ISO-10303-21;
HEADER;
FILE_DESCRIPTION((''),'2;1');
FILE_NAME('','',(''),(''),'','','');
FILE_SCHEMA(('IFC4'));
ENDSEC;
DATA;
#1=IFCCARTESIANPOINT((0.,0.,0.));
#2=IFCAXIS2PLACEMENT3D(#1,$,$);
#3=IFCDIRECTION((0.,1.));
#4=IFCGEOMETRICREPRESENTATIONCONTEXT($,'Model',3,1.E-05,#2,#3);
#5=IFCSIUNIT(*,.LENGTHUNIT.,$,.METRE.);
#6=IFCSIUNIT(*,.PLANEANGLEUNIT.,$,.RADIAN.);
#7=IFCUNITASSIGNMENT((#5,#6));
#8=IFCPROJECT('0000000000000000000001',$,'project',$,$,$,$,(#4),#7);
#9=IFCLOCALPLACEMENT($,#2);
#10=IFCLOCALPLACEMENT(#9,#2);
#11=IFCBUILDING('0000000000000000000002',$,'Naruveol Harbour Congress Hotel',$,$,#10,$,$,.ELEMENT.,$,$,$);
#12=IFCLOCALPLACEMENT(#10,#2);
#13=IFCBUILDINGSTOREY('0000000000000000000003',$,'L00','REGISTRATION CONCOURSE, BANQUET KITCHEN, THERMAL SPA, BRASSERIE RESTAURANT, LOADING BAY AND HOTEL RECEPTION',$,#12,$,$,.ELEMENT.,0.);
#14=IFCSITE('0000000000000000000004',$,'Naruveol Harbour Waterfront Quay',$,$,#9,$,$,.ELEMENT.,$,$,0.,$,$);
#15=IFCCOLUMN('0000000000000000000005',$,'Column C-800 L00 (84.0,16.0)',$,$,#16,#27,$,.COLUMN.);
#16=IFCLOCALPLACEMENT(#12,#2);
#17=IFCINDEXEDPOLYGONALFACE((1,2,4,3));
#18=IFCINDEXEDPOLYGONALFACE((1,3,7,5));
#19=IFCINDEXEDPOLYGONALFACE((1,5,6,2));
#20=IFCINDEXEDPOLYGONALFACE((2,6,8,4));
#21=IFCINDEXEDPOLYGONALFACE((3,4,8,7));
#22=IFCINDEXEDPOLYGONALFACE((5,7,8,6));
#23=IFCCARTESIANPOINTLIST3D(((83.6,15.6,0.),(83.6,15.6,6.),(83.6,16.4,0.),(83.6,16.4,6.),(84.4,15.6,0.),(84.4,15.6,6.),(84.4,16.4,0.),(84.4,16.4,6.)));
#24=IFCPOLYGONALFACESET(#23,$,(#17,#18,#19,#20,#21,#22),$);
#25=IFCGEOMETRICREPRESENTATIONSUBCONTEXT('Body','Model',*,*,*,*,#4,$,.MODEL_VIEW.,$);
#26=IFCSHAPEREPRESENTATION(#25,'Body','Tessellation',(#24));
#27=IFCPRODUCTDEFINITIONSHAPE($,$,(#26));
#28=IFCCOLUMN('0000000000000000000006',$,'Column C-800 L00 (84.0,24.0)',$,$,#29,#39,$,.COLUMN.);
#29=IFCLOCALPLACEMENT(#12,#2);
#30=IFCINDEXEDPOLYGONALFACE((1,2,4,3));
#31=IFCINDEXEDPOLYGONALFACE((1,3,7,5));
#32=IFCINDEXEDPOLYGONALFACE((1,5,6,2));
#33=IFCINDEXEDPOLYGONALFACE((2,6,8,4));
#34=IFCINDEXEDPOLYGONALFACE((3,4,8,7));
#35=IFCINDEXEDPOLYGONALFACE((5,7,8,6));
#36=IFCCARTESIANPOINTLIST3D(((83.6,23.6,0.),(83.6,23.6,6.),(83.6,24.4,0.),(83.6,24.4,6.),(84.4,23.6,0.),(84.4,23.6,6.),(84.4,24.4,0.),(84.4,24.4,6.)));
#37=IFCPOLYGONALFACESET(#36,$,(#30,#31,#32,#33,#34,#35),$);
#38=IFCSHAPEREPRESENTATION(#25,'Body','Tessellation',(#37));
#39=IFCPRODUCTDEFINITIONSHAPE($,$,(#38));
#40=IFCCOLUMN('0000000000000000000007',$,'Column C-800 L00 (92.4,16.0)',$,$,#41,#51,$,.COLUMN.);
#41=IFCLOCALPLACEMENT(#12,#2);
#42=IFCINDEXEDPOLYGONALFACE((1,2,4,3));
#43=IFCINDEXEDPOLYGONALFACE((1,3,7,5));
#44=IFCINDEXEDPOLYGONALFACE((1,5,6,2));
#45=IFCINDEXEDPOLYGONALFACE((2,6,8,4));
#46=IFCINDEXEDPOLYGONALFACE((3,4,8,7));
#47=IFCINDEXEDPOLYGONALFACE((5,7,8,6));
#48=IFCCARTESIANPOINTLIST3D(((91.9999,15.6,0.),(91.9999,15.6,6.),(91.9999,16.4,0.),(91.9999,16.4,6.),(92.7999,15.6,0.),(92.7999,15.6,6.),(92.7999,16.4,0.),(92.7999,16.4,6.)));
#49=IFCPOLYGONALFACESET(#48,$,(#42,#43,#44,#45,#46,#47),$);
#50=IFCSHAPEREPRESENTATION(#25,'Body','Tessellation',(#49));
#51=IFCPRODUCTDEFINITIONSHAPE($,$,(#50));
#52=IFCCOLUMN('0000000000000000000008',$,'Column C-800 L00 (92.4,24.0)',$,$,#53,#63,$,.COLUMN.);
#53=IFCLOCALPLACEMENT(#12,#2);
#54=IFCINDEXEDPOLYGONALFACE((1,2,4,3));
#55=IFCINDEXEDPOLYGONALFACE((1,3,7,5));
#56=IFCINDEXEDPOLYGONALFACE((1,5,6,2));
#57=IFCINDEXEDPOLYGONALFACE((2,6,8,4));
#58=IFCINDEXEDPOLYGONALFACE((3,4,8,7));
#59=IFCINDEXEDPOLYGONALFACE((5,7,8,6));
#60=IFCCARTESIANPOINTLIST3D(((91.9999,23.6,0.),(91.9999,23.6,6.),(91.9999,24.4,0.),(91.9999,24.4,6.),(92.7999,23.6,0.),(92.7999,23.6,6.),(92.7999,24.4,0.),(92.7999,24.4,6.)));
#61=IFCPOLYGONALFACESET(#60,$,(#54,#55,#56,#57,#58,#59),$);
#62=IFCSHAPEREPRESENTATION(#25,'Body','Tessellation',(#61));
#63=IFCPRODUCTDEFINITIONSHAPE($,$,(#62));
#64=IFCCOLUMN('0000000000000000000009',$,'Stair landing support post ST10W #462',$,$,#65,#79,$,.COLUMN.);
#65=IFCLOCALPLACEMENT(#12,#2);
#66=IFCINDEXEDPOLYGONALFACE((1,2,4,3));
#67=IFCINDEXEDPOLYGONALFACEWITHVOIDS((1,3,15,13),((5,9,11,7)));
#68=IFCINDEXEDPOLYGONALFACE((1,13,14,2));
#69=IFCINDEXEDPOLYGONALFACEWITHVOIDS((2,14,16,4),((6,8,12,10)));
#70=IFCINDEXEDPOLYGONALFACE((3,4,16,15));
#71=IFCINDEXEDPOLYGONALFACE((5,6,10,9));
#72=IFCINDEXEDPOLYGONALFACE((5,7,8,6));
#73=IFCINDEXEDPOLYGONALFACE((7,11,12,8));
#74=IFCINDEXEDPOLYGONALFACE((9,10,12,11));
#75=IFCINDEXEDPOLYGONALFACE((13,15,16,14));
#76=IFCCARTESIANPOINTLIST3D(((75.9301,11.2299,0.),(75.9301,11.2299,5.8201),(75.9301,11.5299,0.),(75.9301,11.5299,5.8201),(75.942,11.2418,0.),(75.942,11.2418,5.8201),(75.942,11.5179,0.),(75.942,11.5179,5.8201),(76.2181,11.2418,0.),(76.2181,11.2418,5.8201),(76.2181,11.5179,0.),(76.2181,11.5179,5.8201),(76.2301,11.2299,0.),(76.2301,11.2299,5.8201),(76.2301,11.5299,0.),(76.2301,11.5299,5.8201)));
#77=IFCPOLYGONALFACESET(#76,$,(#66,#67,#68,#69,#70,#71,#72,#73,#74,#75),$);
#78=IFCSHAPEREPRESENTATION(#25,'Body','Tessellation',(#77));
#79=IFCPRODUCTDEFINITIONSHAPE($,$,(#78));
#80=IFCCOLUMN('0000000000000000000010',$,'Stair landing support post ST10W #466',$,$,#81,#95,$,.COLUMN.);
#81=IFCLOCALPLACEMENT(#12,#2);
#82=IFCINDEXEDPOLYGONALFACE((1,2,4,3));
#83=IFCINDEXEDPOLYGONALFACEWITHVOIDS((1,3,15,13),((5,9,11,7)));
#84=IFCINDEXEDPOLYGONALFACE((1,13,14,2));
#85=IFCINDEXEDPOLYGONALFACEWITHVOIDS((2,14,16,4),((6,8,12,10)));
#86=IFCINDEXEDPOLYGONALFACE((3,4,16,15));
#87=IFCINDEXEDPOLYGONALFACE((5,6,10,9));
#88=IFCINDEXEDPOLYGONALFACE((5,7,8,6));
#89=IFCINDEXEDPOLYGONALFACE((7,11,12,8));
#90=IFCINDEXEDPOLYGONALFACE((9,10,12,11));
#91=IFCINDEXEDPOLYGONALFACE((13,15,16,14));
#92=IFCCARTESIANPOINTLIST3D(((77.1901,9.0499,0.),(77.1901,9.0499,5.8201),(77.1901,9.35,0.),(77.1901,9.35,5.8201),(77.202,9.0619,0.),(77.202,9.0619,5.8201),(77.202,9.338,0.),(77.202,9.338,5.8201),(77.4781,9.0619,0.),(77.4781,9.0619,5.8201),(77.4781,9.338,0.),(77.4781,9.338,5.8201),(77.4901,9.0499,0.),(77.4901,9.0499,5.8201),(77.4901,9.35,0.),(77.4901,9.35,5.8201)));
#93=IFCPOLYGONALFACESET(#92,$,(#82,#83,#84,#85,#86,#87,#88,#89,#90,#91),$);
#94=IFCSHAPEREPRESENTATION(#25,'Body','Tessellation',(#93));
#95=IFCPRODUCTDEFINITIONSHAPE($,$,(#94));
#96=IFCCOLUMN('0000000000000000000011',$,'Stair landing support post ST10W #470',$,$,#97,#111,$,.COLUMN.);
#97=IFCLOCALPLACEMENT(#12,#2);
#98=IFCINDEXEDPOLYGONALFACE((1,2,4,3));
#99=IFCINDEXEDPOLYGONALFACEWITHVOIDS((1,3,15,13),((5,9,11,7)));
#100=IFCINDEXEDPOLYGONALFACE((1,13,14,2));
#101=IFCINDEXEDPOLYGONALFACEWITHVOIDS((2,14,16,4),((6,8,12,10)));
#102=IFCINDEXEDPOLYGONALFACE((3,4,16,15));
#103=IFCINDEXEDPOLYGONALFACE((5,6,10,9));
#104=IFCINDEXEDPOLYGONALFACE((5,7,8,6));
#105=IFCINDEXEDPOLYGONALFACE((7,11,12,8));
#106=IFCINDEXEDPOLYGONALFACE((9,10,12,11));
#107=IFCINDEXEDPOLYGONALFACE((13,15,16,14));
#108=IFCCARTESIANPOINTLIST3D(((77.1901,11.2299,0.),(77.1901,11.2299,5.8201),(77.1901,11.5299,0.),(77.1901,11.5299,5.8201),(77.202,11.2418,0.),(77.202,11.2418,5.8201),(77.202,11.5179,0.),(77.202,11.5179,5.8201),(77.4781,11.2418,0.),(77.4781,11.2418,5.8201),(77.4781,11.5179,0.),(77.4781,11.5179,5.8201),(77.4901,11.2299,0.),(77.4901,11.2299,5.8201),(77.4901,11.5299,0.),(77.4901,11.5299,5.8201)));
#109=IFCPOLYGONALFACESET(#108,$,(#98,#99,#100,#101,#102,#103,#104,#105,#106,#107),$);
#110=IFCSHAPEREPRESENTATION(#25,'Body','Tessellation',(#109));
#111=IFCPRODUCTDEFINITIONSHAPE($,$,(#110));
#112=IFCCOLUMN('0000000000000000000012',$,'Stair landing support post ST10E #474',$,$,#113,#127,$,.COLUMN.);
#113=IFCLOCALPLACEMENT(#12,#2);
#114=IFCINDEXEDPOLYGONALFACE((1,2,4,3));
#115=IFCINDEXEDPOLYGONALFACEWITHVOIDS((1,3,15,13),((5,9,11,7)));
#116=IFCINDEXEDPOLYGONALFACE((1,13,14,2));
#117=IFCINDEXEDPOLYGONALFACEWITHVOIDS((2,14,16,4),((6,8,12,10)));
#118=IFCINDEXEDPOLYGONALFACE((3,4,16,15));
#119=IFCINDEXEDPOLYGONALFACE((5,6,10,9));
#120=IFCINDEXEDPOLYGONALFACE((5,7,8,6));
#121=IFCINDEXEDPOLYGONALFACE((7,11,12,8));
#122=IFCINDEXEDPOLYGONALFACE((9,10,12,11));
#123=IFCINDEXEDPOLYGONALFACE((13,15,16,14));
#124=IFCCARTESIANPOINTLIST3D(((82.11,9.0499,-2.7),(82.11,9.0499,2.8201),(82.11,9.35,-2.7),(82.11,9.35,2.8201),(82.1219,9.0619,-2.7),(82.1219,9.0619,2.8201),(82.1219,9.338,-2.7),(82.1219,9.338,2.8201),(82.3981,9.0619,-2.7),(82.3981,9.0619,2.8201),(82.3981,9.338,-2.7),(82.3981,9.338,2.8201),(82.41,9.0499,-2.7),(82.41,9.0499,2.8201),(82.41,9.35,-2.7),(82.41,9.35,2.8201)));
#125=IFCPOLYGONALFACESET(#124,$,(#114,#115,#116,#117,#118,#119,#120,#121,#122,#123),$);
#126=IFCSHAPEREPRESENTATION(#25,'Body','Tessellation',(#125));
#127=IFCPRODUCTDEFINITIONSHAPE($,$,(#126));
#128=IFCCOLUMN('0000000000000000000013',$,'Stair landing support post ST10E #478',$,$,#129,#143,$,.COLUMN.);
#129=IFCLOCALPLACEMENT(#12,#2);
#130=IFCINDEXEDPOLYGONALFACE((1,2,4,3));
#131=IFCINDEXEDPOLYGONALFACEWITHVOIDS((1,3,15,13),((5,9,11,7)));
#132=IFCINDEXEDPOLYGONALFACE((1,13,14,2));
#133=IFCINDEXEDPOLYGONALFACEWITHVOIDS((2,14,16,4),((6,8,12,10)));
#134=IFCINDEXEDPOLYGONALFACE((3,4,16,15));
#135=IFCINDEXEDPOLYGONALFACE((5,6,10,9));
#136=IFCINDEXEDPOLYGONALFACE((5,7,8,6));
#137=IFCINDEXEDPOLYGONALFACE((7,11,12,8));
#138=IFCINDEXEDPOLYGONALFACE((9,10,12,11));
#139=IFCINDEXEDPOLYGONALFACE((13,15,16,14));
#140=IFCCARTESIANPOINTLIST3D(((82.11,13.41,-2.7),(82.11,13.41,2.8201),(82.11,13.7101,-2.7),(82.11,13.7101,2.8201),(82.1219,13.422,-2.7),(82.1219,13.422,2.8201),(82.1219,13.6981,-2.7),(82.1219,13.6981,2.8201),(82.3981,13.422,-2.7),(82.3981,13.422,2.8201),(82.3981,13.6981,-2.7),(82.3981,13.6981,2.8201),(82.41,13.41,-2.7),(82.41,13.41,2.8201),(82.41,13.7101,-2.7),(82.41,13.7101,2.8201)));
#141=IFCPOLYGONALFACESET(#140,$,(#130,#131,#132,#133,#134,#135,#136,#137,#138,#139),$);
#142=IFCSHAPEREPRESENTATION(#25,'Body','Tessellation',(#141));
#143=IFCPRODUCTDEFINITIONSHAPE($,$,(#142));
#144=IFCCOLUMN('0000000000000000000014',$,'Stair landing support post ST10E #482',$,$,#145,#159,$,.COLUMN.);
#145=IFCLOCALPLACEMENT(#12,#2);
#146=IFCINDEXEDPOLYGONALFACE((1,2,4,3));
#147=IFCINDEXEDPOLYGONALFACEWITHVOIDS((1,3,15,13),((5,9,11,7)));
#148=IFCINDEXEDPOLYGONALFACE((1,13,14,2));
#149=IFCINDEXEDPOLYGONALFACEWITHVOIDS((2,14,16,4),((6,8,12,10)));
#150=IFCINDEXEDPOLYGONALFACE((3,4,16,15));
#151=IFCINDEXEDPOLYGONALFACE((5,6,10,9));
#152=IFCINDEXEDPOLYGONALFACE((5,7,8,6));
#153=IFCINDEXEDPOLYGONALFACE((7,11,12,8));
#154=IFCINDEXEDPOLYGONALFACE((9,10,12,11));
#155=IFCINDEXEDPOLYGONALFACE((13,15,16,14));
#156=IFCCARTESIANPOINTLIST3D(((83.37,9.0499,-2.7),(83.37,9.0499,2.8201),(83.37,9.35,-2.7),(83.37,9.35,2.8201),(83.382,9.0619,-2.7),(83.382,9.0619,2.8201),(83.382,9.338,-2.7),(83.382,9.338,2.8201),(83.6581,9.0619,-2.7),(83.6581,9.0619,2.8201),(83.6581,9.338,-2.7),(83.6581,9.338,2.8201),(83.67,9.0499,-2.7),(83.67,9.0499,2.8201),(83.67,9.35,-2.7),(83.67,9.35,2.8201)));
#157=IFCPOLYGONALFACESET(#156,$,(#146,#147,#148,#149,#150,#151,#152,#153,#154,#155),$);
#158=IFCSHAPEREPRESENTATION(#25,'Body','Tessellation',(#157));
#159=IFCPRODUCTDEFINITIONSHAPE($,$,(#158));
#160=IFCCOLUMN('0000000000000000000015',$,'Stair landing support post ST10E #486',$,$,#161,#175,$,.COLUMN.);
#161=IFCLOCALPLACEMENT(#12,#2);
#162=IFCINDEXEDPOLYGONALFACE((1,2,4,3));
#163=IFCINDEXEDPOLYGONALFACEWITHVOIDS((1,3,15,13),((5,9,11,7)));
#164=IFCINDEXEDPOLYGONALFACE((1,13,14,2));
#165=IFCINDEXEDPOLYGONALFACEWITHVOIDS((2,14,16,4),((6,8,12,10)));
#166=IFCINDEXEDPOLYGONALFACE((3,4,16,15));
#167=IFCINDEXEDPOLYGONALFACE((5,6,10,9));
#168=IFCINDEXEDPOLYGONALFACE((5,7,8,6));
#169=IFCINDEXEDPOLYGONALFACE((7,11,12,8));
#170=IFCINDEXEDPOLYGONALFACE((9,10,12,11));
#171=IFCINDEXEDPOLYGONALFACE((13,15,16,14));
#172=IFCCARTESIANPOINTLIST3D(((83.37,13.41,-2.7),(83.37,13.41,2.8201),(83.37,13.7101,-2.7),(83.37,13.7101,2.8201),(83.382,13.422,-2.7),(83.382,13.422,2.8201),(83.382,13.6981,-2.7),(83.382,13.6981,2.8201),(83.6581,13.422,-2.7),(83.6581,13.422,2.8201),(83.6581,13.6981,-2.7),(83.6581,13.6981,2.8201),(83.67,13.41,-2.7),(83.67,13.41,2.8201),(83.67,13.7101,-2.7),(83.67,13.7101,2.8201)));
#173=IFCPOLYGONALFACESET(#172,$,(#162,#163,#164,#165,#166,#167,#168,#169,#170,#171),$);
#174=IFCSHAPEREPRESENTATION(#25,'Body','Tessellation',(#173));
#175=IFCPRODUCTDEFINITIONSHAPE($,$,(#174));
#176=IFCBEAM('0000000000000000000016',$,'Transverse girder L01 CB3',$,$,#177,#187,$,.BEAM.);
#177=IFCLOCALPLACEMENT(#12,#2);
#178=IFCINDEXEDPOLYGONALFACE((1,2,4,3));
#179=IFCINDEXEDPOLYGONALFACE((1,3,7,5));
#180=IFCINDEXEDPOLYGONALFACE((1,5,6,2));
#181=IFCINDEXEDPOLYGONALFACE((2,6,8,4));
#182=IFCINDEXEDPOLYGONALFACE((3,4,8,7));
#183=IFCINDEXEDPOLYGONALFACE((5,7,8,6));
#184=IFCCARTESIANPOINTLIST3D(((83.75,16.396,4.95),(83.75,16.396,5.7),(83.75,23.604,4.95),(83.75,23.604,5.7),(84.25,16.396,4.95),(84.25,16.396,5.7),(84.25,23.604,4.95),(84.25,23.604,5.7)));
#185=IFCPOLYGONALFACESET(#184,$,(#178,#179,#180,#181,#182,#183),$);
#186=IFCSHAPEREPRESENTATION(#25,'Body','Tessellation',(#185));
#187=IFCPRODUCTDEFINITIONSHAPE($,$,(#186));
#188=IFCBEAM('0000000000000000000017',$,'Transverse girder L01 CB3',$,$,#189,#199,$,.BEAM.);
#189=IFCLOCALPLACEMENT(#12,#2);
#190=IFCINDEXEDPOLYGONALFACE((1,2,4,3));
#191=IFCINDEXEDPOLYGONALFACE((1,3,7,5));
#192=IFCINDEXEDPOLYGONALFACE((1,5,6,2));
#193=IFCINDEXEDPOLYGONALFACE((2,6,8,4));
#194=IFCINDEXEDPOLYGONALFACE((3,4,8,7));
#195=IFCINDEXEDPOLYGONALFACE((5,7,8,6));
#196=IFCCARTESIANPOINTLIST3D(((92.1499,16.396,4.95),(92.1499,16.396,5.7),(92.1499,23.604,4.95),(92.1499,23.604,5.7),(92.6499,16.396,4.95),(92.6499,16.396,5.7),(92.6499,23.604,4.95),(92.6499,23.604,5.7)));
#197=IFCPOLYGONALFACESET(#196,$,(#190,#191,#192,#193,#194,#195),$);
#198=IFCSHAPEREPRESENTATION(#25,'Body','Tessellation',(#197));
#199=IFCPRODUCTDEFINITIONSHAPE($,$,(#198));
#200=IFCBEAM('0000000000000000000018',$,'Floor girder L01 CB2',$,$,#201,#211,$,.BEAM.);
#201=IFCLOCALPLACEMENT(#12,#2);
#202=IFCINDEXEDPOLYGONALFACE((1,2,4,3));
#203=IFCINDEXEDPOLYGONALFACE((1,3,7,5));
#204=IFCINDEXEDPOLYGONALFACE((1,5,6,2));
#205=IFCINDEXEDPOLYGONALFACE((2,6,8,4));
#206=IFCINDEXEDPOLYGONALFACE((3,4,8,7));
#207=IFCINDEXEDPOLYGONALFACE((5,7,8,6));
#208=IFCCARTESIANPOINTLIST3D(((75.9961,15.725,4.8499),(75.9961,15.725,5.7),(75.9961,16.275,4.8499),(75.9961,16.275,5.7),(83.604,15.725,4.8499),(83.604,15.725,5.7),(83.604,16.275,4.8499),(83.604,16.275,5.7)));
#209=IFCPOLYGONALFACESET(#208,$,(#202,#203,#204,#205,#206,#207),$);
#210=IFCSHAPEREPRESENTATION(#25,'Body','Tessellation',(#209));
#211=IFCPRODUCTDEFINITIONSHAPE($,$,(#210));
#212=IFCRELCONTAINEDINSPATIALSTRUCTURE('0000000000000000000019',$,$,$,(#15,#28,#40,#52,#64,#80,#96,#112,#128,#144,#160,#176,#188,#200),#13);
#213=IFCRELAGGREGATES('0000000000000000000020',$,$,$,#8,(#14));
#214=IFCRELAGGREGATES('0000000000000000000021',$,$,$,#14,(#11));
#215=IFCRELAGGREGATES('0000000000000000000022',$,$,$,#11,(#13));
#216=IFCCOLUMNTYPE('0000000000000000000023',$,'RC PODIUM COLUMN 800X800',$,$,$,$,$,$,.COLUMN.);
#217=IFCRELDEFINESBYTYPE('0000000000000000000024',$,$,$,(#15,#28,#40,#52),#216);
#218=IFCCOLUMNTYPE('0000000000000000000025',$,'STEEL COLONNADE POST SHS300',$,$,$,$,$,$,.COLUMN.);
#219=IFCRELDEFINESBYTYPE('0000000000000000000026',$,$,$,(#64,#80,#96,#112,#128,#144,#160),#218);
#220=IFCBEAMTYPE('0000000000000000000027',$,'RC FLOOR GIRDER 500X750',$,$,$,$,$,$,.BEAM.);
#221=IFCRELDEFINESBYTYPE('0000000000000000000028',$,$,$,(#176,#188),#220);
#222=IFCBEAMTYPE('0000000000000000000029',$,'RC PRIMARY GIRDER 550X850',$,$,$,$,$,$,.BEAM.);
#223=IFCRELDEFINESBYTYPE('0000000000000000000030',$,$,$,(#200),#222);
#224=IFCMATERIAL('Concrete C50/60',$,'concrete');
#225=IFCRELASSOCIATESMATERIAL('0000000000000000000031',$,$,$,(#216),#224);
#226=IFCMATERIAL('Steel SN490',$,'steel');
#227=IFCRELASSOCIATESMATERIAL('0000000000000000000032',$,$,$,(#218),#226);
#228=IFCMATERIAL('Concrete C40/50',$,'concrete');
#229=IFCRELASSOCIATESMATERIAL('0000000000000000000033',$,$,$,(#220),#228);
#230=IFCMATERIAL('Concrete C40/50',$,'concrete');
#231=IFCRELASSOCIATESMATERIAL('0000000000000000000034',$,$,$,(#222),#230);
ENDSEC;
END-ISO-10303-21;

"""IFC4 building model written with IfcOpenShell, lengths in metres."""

from ifc_helpers import new_model, si_unit, direction, frame, origin, origin_2d, place, context, subcontext, project, spatial, rectangle, hollow_rectangle, extrude, material, material_profile, profile_set, type_object, element, save


model = new_model("IFC4")

# Units and contexts
model_context = context("Model", 3, precision=1e-05, world=origin(), true_north=direction((0.0, 1.0)))
body_context = subcontext(model_context, "Body", "Model", "MODEL_VIEW")
ifc_project = project(units=[si_unit("LENGTHUNIT", "METRE"), si_unit("PLANEANGLEUNIT", "RADIAN")], contexts=[model_context])

# Site, building, storey
site_placement = place(None, origin())
site = spatial("IfcSite", under=ifc_project, at=site_placement, Name="Naruveol Harbour Waterfront Quay", CompositionType="ELEMENT", RefElevation=0.0)
building_placement = place(site_placement, origin())
building = spatial("IfcBuilding", under=site, at=building_placement, Name="Naruveol Harbour Congress Hotel", CompositionType="ELEMENT")
storey_placement = place(building_placement, origin())
storey = spatial("IfcBuildingStorey", under=building, at=storey_placement, Name="L00", Description="REGISTRATION CONCOURSE, BANQUET KITCHEN, THERMAL SPA, BRASSERIE RESTAURANT, LOADING BAY AND HOTEL RECEPTION", CompositionType="ELEMENT", Elevation=0.0)

# Columns
ifc_material_1 = material(Name="Concrete C50/60", Category="concrete")
ifc_material_profile_1 = material_profile(ifc_material_1, rectangle(XDim=0.8, YDim=0.8, at=origin_2d()), Name="RC-800x800")
ifc_profile_set_1 = profile_set([ifc_material_profile_1], Name="Concrete C50/60")
column_type_1 = type_object("IfcColumnType", Name="RC PODIUM COLUMN 800X800", PredefinedType="COLUMN", material=ifc_profile_set_1)
for number, where, z_axis, x_axis, name in (
    (1, (84.0, 16.0, 0.0), (0.0, 0.0, 1.0), (1.0, 0.0, 0.0), "Column C-800 L00 (84.0,16.0)"),
    (2, (84.0, 24.0, 0.0), (0.0, 0.0, 1.0), (1.0, 0.0, 0.0), "Column C-800 L00 (84.0,24.0)"),
    (3, (92.3999, 16.0, 0.0), (0.0, 0.0, 1.0), (1.0, 0.0, 0.0), "Column C-800 L00 (92.4,16.0)"),
    (4, (92.3999, 24.0, 0.0), (0.0, 0.0, 1.0), (1.0, 0.0, 0.0), "Column C-800 L00 (92.4,24.0)"),
):
    element("IfcColumn", number, at=place(storey_placement, frame(where, z_axis=z_axis, x_axis=x_axis)), inside=storey, type_object=column_type_1, Name=name, PredefinedType="COLUMN", context=body_context, shape_type="SweptSolid", body=[
        extrude(rectangle(XDim=0.8, YDim=0.8, at=origin_2d()), origin(), (0.0, 0.0, 1.0), 6.0),
    ])
ifc_material_2 = material(Name="Steel SN490", Category="steel")
ifc_material_profile_2 = material_profile(ifc_material_2, hollow_rectangle(XDim=0.3, YDim=0.3, WallThickness=0.012, at=origin_2d()), Name="SHS-300x300x12")
ifc_profile_set_2 = profile_set([ifc_material_profile_2], Name="Steel SN490")
column_type_2 = type_object("IfcColumnType", Name="STEEL COLONNADE POST SHS300", PredefinedType="COLUMN", material=ifc_profile_set_2)
for number, where, z_axis, x_axis, name in (
    (5, (76.0801, 11.3799, 0.0), (0.0, 0.0, 1.0), (1.0, 0.0, 0.0), "Stair landing support post ST10W #462"),
    (6, (77.3401, 9.2, 0.0), (0.0, 0.0, 1.0), (1.0, 0.0, 0.0), "Stair landing support post ST10W #466"),
    (7, (77.3401, 11.3799, 0.0), (0.0, 0.0, 1.0), (1.0, 0.0, 0.0), "Stair landing support post ST10W #470"),
):
    element("IfcColumn", number, at=place(storey_placement, frame(where, z_axis=z_axis, x_axis=x_axis)), inside=storey, type_object=column_type_2, Name=name, PredefinedType="COLUMN", context=body_context, shape_type="SweptSolid", body=[
        extrude(hollow_rectangle(XDim=0.3, YDim=0.3, WallThickness=0.012, at=origin_2d()), origin(), (0.0, 0.0, 1.0), 5.8201),
    ])
for number, where, z_axis, x_axis, name in (
    (8, (82.26, 9.2, -2.7), (0.0, 0.0, 1.0), (1.0, 0.0, 0.0), "Stair landing support post ST10E #474"),
    (9, (82.26, 13.5601, -2.7), (0.0, 0.0, 1.0), (1.0, 0.0, 0.0), "Stair landing support post ST10E #478"),
    (10, (83.52, 9.2, -2.7), (0.0, 0.0, 1.0), (1.0, 0.0, 0.0), "Stair landing support post ST10E #482"),
    (11, (83.52, 13.5601, -2.7), (0.0, 0.0, 1.0), (1.0, 0.0, 0.0), "Stair landing support post ST10E #486"),
):
    element("IfcColumn", number, at=place(storey_placement, frame(where, z_axis=z_axis, x_axis=x_axis)), inside=storey, type_object=column_type_2, Name=name, PredefinedType="COLUMN", context=body_context, shape_type="SweptSolid", body=[
        extrude(hollow_rectangle(XDim=0.3, YDim=0.3, WallThickness=0.012, at=origin_2d()), origin(), (0.0, 0.0, 1.0), 5.52),
    ])

# Beams
ifc_material_3 = material(Name="Concrete C40/50", Category="concrete")
ifc_material_profile_3 = material_profile(ifc_material_3, rectangle(XDim=0.5, YDim=0.75, at=origin_2d()), Name="RCB-500x750")
ifc_profile_set_3 = profile_set([ifc_material_profile_3], Name="Concrete C40/50")
beam_type_1 = type_object("IfcBeamType", Name="RC FLOOR GIRDER 500X750", PredefinedType="BEAM", material=ifc_profile_set_3)
for number, where, z_axis, x_axis, name in (
    (12, (84.0, 16.396, 5.325), (0.0, 1.0, 0.0), (-1.0, 0.0, 0.0), "Transverse girder L01 CB3"),
    (13, (92.3999, 16.396, 5.325), (0.0, 1.0, 0.0), (-1.0, 0.0, 0.0), "Transverse girder L01 CB3"),
):
    element("IfcBeam", number, at=place(storey_placement, frame(where, z_axis=z_axis, x_axis=x_axis)), inside=storey, type_object=beam_type_1, Name=name, PredefinedType="BEAM", context=body_context, shape_type="SweptSolid", body=[
        extrude(rectangle(XDim=0.5, YDim=0.75, at=origin_2d()), origin(), (0.0, 0.0, 1.0), 7.208),
    ])
ifc_material_4 = material(Name="Concrete C40/50", Category="concrete")
ifc_material_profile_4 = material_profile(ifc_material_4, rectangle(XDim=0.55, YDim=0.8501, at=origin_2d()), Name="RCB-550x850")
ifc_profile_set_4 = profile_set([ifc_material_profile_4], Name="Concrete C40/50")
beam_type_2 = type_object("IfcBeamType", Name="RC PRIMARY GIRDER 550X850", PredefinedType="BEAM", material=ifc_profile_set_4)
for number, where, z_axis, x_axis, name in (
    (14, (75.9961, 16.0, 5.2749), (1.0, 0.0, 0.0), (0.0, 1.0, 0.0), "Floor girder L01 CB2"),
):
    element("IfcBeam", number, at=place(storey_placement, frame(where, z_axis=z_axis, x_axis=x_axis)), inside=storey, type_object=beam_type_2, Name=name, PredefinedType="BEAM", context=body_context, shape_type="SweptSolid", body=[
        extrude(rectangle(XDim=0.55, YDim=0.8501, at=origin_2d()), origin(), (0.0, 0.0, 1.0), 7.6079),
    ])

save(model, "model.ifc")
